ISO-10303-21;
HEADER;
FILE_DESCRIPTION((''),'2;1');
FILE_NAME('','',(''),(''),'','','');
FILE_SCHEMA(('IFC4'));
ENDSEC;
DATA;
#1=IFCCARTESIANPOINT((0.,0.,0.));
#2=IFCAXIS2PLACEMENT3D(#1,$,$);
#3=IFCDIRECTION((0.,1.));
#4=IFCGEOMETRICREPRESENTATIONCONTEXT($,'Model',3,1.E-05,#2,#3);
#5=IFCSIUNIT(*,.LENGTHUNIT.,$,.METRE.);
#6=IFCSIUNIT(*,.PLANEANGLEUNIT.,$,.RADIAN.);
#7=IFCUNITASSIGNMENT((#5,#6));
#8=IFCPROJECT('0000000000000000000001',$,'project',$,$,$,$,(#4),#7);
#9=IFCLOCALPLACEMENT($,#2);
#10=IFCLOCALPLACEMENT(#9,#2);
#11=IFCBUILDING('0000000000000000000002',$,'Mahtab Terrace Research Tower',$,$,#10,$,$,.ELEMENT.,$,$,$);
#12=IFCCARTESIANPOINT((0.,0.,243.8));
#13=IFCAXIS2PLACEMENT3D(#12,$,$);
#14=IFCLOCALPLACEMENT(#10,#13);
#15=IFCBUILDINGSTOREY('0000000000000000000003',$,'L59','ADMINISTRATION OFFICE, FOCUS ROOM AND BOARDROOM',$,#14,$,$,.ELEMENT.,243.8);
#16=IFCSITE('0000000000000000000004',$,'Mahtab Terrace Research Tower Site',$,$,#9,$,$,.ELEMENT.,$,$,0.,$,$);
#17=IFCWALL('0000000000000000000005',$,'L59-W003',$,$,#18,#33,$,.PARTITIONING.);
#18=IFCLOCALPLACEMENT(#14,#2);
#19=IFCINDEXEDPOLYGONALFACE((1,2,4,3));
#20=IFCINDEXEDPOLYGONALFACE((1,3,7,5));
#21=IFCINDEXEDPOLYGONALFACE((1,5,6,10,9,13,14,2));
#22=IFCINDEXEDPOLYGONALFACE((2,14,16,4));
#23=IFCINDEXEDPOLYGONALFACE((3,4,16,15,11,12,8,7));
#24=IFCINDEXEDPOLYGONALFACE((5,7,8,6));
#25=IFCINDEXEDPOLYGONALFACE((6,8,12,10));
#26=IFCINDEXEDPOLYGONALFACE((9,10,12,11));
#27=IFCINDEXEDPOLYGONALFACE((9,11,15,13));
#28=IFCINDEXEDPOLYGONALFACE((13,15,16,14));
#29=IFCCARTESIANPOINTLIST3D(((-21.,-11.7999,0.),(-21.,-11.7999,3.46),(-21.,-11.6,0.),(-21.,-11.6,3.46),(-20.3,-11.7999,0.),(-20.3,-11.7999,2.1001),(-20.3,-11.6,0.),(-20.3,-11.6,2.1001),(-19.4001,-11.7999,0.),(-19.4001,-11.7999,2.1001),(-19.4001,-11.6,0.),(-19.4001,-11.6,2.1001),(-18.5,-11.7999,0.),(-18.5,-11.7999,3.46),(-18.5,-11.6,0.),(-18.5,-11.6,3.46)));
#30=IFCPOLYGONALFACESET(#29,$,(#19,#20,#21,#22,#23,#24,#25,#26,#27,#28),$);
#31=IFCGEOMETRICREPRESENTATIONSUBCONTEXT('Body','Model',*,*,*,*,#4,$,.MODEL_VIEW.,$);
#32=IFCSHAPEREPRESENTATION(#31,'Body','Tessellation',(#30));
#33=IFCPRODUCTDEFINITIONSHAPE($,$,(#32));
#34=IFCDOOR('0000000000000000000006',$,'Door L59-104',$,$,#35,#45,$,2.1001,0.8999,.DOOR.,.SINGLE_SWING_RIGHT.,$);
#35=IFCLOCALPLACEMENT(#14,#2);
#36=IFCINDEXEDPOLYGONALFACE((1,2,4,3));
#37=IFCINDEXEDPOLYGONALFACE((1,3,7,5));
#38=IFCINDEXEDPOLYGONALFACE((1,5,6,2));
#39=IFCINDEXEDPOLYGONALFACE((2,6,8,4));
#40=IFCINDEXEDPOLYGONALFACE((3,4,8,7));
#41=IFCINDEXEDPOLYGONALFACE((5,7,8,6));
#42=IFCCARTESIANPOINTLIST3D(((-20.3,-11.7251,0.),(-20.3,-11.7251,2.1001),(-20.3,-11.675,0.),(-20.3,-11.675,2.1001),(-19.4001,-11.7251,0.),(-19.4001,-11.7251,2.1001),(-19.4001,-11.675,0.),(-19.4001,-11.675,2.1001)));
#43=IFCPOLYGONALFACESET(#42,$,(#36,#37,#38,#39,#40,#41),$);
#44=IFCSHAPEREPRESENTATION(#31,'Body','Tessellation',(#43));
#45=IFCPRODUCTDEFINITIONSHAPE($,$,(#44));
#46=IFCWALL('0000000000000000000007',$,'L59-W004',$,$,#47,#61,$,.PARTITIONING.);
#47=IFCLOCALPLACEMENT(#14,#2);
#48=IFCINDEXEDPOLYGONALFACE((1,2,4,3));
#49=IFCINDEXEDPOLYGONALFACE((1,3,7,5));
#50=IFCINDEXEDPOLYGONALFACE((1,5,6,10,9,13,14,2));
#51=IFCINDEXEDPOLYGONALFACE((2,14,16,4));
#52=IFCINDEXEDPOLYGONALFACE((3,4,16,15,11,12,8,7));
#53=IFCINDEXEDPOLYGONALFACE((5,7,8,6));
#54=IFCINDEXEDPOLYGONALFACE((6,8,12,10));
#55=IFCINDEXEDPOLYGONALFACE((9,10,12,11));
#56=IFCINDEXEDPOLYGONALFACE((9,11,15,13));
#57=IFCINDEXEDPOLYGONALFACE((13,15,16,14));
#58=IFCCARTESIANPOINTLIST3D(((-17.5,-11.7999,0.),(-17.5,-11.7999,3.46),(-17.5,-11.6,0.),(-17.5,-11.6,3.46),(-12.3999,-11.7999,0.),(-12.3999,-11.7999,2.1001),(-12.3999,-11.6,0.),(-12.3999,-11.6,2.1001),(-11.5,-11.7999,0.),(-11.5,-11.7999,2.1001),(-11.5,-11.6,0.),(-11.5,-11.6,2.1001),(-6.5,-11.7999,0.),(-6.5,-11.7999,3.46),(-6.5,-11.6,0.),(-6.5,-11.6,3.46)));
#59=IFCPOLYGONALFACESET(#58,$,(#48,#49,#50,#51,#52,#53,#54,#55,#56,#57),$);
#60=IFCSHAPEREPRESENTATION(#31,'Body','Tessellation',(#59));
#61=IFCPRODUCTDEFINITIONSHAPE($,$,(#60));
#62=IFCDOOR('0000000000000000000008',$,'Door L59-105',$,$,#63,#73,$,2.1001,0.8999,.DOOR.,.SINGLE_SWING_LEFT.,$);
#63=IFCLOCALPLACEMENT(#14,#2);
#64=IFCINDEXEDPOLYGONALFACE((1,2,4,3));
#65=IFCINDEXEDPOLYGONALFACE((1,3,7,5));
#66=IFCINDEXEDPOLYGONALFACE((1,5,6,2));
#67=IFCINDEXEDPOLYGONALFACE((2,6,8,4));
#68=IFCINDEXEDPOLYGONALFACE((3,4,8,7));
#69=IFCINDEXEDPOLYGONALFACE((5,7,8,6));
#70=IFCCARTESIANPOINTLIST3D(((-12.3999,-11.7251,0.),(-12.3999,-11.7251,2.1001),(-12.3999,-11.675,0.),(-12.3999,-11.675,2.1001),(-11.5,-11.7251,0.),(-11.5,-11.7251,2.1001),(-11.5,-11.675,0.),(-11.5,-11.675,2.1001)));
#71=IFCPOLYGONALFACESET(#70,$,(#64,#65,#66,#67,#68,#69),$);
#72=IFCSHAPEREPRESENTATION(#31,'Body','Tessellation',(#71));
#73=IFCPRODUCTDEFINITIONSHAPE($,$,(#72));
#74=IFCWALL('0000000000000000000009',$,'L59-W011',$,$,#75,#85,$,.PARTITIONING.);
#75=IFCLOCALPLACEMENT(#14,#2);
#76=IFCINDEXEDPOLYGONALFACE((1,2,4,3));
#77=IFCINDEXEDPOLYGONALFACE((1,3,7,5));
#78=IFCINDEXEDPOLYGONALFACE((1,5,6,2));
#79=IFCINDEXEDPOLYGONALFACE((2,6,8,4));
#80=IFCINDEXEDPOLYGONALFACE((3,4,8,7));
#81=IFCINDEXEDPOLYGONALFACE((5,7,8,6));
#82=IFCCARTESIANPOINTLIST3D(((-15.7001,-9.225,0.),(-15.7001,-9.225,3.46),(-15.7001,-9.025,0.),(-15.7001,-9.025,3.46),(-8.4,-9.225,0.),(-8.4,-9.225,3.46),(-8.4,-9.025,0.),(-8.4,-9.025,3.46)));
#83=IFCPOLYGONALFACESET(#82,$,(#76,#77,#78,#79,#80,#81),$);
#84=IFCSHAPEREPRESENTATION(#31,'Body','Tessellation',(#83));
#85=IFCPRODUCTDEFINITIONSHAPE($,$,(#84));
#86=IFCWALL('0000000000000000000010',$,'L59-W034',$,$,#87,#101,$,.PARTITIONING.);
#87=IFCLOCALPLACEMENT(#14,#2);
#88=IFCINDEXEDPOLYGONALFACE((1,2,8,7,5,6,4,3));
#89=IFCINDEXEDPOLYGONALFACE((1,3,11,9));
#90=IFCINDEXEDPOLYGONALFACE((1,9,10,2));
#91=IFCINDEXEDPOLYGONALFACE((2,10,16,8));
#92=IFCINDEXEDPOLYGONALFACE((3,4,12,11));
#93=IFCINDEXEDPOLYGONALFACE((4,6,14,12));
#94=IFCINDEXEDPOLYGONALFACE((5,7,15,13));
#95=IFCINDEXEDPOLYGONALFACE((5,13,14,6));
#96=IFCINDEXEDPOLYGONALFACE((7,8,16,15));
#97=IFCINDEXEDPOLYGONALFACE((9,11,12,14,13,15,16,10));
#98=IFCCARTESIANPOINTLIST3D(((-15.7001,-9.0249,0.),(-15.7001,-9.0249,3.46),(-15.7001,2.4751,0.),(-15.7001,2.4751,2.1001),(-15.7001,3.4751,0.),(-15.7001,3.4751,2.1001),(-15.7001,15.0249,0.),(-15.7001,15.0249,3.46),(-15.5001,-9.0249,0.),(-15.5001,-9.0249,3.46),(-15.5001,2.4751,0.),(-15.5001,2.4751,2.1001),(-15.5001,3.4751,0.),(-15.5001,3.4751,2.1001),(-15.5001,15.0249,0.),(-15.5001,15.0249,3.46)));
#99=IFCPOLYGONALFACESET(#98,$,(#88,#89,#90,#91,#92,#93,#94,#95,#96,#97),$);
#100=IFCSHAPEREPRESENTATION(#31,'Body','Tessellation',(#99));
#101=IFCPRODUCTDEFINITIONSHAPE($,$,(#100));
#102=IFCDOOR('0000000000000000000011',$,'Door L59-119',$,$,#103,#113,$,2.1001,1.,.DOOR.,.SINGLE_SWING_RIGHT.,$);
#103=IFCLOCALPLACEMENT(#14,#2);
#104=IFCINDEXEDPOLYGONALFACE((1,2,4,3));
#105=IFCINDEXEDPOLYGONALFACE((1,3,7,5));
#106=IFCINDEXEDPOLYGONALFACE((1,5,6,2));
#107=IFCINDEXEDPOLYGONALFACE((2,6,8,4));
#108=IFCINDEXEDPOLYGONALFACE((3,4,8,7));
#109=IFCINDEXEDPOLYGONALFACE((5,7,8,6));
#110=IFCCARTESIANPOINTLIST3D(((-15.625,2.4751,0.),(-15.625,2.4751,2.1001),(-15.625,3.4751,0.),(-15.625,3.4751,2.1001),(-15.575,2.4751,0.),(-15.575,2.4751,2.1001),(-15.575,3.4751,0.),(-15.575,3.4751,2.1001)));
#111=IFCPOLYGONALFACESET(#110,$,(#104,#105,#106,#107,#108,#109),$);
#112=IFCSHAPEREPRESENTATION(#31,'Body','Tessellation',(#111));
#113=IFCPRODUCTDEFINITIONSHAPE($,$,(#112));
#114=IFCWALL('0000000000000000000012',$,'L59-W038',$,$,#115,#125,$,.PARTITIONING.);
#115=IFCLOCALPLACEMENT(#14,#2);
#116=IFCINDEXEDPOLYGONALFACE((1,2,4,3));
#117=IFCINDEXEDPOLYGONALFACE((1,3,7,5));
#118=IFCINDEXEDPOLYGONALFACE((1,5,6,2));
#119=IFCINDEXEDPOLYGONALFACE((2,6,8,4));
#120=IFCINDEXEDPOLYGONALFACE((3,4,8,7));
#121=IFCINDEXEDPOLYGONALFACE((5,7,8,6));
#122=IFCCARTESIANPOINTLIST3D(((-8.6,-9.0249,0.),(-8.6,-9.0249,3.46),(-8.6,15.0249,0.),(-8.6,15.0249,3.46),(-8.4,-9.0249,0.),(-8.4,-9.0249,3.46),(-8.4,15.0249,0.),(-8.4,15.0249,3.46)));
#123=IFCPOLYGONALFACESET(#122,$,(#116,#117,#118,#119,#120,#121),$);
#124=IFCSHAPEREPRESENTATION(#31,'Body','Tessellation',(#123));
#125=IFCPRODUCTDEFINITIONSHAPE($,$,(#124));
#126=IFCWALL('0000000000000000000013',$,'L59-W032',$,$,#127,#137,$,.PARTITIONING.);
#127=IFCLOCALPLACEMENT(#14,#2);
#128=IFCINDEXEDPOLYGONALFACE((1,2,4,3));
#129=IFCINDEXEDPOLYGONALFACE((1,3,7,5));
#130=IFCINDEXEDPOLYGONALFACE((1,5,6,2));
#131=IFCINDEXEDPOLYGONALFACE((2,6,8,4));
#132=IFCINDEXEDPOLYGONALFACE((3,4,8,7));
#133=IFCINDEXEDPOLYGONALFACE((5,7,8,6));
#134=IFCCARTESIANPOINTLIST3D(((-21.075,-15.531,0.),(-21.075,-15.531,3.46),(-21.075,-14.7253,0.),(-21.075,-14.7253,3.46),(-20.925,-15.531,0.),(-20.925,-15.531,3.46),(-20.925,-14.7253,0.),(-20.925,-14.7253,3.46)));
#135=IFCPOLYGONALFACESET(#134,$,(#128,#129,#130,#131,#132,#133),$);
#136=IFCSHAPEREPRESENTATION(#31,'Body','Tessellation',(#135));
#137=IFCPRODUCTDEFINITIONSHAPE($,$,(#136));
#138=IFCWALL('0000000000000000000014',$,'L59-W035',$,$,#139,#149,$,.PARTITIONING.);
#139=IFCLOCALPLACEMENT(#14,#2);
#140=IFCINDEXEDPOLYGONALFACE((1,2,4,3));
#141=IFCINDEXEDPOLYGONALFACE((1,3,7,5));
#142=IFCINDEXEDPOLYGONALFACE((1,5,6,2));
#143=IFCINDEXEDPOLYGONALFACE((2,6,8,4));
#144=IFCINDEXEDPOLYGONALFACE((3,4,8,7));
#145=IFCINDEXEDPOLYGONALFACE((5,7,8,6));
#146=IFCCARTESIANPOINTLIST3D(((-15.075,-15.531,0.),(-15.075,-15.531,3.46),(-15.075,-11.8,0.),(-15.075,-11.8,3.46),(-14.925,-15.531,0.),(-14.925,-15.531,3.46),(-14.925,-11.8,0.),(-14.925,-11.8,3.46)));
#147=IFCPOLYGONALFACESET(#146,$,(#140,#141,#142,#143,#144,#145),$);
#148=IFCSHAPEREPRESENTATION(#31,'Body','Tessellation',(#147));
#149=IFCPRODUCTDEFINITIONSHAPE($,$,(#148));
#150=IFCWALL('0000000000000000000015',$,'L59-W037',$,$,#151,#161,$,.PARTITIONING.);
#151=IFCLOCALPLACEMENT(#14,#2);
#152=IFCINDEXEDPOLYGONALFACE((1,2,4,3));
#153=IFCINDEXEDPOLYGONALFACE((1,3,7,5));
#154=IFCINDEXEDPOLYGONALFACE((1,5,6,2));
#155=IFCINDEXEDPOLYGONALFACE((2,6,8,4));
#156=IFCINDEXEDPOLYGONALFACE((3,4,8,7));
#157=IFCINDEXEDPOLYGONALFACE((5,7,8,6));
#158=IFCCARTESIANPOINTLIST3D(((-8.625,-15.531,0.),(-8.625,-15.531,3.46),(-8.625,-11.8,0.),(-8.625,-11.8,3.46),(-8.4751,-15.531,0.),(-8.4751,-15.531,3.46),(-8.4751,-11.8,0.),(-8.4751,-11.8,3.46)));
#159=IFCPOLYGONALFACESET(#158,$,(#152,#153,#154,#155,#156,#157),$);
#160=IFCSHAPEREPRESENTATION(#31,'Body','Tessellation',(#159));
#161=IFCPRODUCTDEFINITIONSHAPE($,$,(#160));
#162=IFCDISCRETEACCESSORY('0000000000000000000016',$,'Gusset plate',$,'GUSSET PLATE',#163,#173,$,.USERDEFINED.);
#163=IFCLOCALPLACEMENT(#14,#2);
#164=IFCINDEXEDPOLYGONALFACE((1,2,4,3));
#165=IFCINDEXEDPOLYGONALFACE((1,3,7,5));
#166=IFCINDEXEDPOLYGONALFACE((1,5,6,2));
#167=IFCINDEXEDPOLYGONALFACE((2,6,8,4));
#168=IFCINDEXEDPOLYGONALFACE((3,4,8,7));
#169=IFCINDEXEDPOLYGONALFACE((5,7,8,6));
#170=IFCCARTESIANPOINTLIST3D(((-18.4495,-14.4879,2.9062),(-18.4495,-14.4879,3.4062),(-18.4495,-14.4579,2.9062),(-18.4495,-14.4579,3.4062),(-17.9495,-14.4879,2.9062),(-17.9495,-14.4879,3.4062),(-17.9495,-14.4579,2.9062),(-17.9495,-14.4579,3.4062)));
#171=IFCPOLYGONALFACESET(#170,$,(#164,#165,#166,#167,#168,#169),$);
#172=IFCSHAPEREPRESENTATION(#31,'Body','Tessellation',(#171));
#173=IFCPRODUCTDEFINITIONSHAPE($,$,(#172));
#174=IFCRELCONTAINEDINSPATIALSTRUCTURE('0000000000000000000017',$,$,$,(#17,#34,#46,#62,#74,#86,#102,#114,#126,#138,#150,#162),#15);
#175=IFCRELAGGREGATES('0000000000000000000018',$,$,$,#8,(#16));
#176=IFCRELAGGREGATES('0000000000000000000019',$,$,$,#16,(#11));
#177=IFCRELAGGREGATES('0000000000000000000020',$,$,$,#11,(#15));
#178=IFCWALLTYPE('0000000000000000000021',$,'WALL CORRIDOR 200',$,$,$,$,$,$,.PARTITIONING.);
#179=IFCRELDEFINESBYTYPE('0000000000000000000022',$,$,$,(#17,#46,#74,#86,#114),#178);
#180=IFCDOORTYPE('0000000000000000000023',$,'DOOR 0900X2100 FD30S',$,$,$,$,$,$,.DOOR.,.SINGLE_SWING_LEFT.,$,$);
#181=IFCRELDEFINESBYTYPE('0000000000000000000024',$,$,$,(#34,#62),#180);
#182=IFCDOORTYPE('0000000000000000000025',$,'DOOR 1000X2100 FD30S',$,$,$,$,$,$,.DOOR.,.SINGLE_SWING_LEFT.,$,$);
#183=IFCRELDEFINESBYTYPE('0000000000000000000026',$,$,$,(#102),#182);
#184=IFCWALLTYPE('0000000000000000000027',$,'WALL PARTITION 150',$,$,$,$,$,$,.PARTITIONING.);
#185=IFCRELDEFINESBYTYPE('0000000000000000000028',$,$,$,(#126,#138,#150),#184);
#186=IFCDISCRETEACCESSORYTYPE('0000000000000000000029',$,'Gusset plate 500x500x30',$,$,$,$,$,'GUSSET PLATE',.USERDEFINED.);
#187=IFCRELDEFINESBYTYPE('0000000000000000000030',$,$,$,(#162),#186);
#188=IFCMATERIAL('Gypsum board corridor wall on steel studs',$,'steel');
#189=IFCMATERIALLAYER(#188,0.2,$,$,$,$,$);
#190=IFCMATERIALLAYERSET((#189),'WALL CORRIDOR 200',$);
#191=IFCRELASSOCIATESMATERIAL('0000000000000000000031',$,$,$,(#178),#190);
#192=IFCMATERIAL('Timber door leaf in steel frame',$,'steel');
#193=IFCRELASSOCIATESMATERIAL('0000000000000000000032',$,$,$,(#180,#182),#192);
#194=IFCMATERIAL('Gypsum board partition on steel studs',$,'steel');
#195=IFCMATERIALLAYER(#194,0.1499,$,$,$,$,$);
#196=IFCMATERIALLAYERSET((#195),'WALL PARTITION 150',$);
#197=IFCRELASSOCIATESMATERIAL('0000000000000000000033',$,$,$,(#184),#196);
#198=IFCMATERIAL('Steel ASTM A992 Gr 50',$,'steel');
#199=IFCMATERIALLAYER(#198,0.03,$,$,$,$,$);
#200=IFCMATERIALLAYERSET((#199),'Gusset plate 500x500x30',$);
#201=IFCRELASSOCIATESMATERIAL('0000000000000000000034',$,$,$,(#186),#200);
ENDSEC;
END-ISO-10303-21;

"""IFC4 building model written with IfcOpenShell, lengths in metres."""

from ifc_helpers import new_model, si_unit, direction, frame, frame_2d, origin, origin_2d, place, context, subcontext, project, spatial, rectangle, extrude, material, layer, layer_set, type_object, element, fill, save


model = new_model("IFC4")

# Units and contexts
model_context = context("Model", 3, precision=1e-05, world=origin(), true_north=direction((0.0, 1.0)))
body_context = subcontext(model_context, "Body", "Model", "MODEL_VIEW")
ifc_project = project(units=[si_unit("LENGTHUNIT", "METRE"), si_unit("PLANEANGLEUNIT", "RADIAN")], contexts=[model_context])

# Site, building, storey
site_placement = place(None, origin())
site = spatial("IfcSite", under=ifc_project, at=site_placement, Name="Mahtab Terrace Research Tower Site", CompositionType="ELEMENT", RefElevation=0.0)
building_placement = place(site_placement, origin())
building = spatial("IfcBuilding", under=site, at=building_placement, Name="Mahtab Terrace Research Tower", CompositionType="ELEMENT")
storey_placement = place(building_placement, frame((0.0, 0.0, 243.8)))
storey = spatial("IfcBuildingStorey", under=building, at=storey_placement, Name="L59", Description="ADMINISTRATION OFFICE, FOCUS ROOM AND BOARDROOM", CompositionType="ELEMENT", Elevation=243.8)

# Shared definitions
ifc_material_1 = material(Name="Steel ASTM A992 Gr 50", Category="steel")

# Walls, openings, doors
ifc_material_2 = material(Name="Gypsum board corridor wall on steel studs", Category="steel")
ifc_layer_1 = layer(ifc_material_2, 0.2)
ifc_layer_set_1 = layer_set([ifc_layer_1], Name="WALL CORRIDOR 200")
wall_type_1 = type_object("IfcWallType", Name="WALL CORRIDOR 200", PredefinedType="PARTITIONING", material=ifc_layer_set_1)
wall_1_placement = place(storey_placement, frame((-21.0, -11.7, 0.0), z_axis=(0.0, 0.0, 1.0), x_axis=(1.0, 0.0, 0.0)))
wall_1 = element("IfcWall", 1, at=wall_1_placement, inside=storey, type_object=wall_type_1, Name="L59-W003", PredefinedType="PARTITIONING", context=body_context, shape_type="SweptSolid", body=[
    extrude(rectangle(XDim=2.5, YDim=0.2, at=frame_2d((1.25, 0.0))), origin(), (0.0, 0.0, 1.0), 3.46),
])
opening_1_placement = place(wall_1_placement, frame((0.7, 0.0, 0.0)))
opening_1 = element("IfcOpeningElement", 2, at=opening_1_placement, cuts=wall_1, PredefinedType="OPENING", context=body_context, shape_type="SweptSolid", body=[
    extrude(rectangle(XDim=0.8999, YDim=2.1001, at=frame_2d((0.45, 1.05))), frame((0.0, 0.1099, 0.0), z_axis=(0.0, -1.0, 0.0), x_axis=(1.0, 0.0, 0.0)), (0.0, 0.0, 1.0), 0.22),
])
ifc_material_3 = material(Name="Timber door leaf in steel frame", Category="steel")
door_type_1 = type_object("IfcDoorType", Name="DOOR 0900X2100 FD30S", OperationType="SINGLE_SWING_LEFT", PredefinedType="DOOR", material=ifc_material_3)
door_1_placement = place(opening_1_placement, origin())
door_1 = element("IfcDoor", 3, at=door_1_placement, inside=storey, type_object=door_type_1, Name="Door L59-104", OperationType="SINGLE_SWING_RIGHT", OverallHeight=2.1001, OverallWidth=0.8999, PredefinedType="DOOR", context=body_context, shape_type="SweptSolid", body=[
    extrude(rectangle(XDim=0.8999, YDim=2.1001, at=frame_2d((0.45, 1.05))), frame((0.0, 0.0249, 0.0), z_axis=(0.0, -1.0, 0.0), x_axis=(1.0, 0.0, 0.0)), (0.0, 0.0, 1.0), 0.05),
])
fill(opening_1, door_1)
wall_2_placement = place(storey_placement, frame((-17.5, -11.7, 0.0), z_axis=(0.0, 0.0, 1.0), x_axis=(1.0, 0.0, 0.0)))
wall_2 = element("IfcWall", 4, at=wall_2_placement, inside=storey, type_object=wall_type_1, Name="L59-W004", PredefinedType="PARTITIONING", context=body_context, shape_type="SweptSolid", body=[
    extrude(rectangle(XDim=11.0, YDim=0.2, at=frame_2d((5.5, 0.0))), origin(), (0.0, 0.0, 1.0), 3.46),
])
opening_2_placement = place(wall_2_placement, frame((5.1001, 0.0, 0.0)))
opening_2 = element("IfcOpeningElement", 5, at=opening_2_placement, cuts=wall_2, PredefinedType="OPENING", context=body_context, shape_type="SweptSolid", body=[
    extrude(rectangle(XDim=0.8999, YDim=2.1001, at=frame_2d((0.45, 1.05))), frame((0.0, 0.1099, 0.0), z_axis=(0.0, -1.0, 0.0), x_axis=(1.0, 0.0, 0.0)), (0.0, 0.0, 1.0), 0.22),
])
door_2_placement = place(opening_2_placement, origin())
door_2 = element("IfcDoor", 6, at=door_2_placement, inside=storey, type_object=door_type_1, Name="Door L59-105", OperationType="SINGLE_SWING_LEFT", OverallHeight=2.1001, OverallWidth=0.8999, PredefinedType="DOOR", context=body_context, shape_type="SweptSolid", body=[
    extrude(rectangle(XDim=0.8999, YDim=2.1001, at=frame_2d((0.45, 1.05))), frame((0.0, 0.0249, 0.0), z_axis=(0.0, -1.0, 0.0), x_axis=(1.0, 0.0, 0.0)), (0.0, 0.0, 1.0), 0.05),
])
fill(opening_2, door_2)

# Wall
wall_3_placement = place(storey_placement, frame((-15.7, -9.125, 0.0), z_axis=(0.0, 0.0, 1.0), x_axis=(1.0, 0.0, 0.0)))
element("IfcWall", 7, at=wall_3_placement, inside=storey, type_object=wall_type_1, Name="L59-W011", PredefinedType="PARTITIONING", context=body_context, shape_type="SweptSolid", body=[
    extrude(rectangle(XDim=7.3, YDim=0.2, at=frame_2d((3.6499, 0.0))), origin(), (0.0, 0.0, 1.0), 3.46),
])

# Wall, opening, door
wall_4_placement = place(storey_placement, frame((-15.6001, -9.0249, 0.0), z_axis=(0.0, 0.0, 1.0), x_axis=(0.0, 1.0, 0.0)))
wall_4 = element("IfcWall", 8, at=wall_4_placement, inside=storey, type_object=wall_type_1, Name="L59-W034", PredefinedType="PARTITIONING", context=body_context, shape_type="SweptSolid", body=[
    extrude(rectangle(XDim=24.0498, YDim=0.2, at=frame_2d((12.0249, 0.0))), origin(), (0.0, 0.0, 1.0), 3.46),
])
opening_3_placement = place(wall_4_placement, frame((11.5, 0.0, 0.0)))
opening_3 = element("IfcOpeningElement", 9, at=opening_3_placement, cuts=wall_4, PredefinedType="OPENING", context=body_context, shape_type="SweptSolid", body=[
    extrude(rectangle(XDim=1.0, YDim=2.1001, at=frame_2d((0.5, 1.05))), frame((0.0, 0.1099, 0.0), z_axis=(0.0, -1.0, 0.0), x_axis=(1.0, 0.0, 0.0)), (0.0, 0.0, 1.0), 0.22),
])
door_type_2 = type_object("IfcDoorType", Name="DOOR 1000X2100 FD30S", OperationType="SINGLE_SWING_LEFT", PredefinedType="DOOR", material=ifc_material_3)
door_3_placement = place(opening_3_placement, origin())
door_3 = element("IfcDoor", 10, at=door_3_placement, inside=storey, type_object=door_type_2, Name="Door L59-119", OperationType="SINGLE_SWING_RIGHT", OverallHeight=2.1001, OverallWidth=1.0, PredefinedType="DOOR", context=body_context, shape_type="SweptSolid", body=[
    extrude(rectangle(XDim=1.0, YDim=2.1001, at=frame_2d((0.5, 1.05))), frame((0.0, 0.0249, 0.0), z_axis=(0.0, -1.0, 0.0), x_axis=(1.0, 0.0, 0.0)), (0.0, 0.0, 1.0), 0.05),
])
fill(opening_3, door_3)

# Walls
wall_5_placement = place(storey_placement, frame((-8.5, -9.0249, 0.0), z_axis=(0.0, 0.0, 1.0), x_axis=(0.0, 1.0, 0.0)))
element("IfcWall", 11, at=wall_5_placement, inside=storey, type_object=wall_type_1, Name="L59-W038", PredefinedType="PARTITIONING", context=body_context, shape_type="SweptSolid", body=[
    extrude(rectangle(XDim=24.0498, YDim=0.2, at=frame_2d((12.0249, 0.0))), origin(), (0.0, 0.0, 1.0), 3.46),
])
ifc_material_4 = material(Name="Gypsum board partition on steel studs", Category="steel")
ifc_layer_2 = layer(ifc_material_4, 0.1499)
ifc_layer_set_2 = layer_set([ifc_layer_2], Name="WALL PARTITION 150")
wall_type_2 = type_object("IfcWallType", Name="WALL PARTITION 150", PredefinedType="PARTITIONING", material=ifc_layer_set_2)
wall_6_placement = place(storey_placement, frame((-21.0, -15.531, 0.0), z_axis=(0.0, 0.0, 1.0), x_axis=(0.0, 1.0, 0.0)))
element("IfcWall", 12, at=wall_6_placement, inside=storey, type_object=wall_type_2, Name="L59-W032", PredefinedType="PARTITIONING", context=body_context, shape_type="SweptSolid", body=[
    extrude(rectangle(XDim=0.8057, YDim=0.1499, at=frame_2d((0.4028, 0.0))), origin(), (0.0, 0.0, 1.0), 3.46),
])
for number, where, z_axis, x_axis, name in (
    (13, (-15.0, -15.531, 0.0), (0.0, 0.0, 1.0), (0.0, 1.0, 0.0), "L59-W035"),
    (14, (-8.55, -15.531, 0.0), (0.0, 0.0, 1.0), (0.0, 1.0, 0.0), "L59-W037"),
):
    element("IfcWall", number, at=place(storey_placement, frame(where, z_axis=z_axis, x_axis=x_axis)), inside=storey, type_object=wall_type_2, Name=name, PredefinedType="PARTITIONING", context=body_context, shape_type="SweptSolid", body=[
        extrude(rectangle(XDim=3.731, YDim=0.1499, at=frame_2d((1.8655, 0.0))), origin(), (0.0, 0.0, 1.0), 3.46),
    ])

# Discrete accessory
ifc_layer_3 = layer(ifc_material_1, 0.03)
ifc_layer_set_3 = layer_set([ifc_layer_3], Name="Gusset plate 500x500x30")
discrete_accessory_type = type_object("IfcDiscreteAccessoryType", Name="Gusset plate 500x500x30", ElementType="GUSSET PLATE", PredefinedType="USERDEFINED", material=ifc_layer_set_3)
discrete_accessory_placement = place(storey_placement, frame((-18.1995, -14.4729, 2.9062), z_axis=(0.0, 0.0, 1.0), x_axis=(1.0, 0.0, 0.0)))
element("IfcDiscreteAccessory", 15, at=discrete_accessory_placement, inside=storey, type_object=discrete_accessory_type, Name="Gusset plate", ObjectType="GUSSET PLATE", PredefinedType="USERDEFINED", context=body_context, shape_type="SweptSolid", body=[
    extrude(rectangle(XDim=0.5, YDim=0.03, at=origin_2d()), origin(), (0.0, 0.0, 1.0), 0.5),
])

save(model, "model.ifc")
